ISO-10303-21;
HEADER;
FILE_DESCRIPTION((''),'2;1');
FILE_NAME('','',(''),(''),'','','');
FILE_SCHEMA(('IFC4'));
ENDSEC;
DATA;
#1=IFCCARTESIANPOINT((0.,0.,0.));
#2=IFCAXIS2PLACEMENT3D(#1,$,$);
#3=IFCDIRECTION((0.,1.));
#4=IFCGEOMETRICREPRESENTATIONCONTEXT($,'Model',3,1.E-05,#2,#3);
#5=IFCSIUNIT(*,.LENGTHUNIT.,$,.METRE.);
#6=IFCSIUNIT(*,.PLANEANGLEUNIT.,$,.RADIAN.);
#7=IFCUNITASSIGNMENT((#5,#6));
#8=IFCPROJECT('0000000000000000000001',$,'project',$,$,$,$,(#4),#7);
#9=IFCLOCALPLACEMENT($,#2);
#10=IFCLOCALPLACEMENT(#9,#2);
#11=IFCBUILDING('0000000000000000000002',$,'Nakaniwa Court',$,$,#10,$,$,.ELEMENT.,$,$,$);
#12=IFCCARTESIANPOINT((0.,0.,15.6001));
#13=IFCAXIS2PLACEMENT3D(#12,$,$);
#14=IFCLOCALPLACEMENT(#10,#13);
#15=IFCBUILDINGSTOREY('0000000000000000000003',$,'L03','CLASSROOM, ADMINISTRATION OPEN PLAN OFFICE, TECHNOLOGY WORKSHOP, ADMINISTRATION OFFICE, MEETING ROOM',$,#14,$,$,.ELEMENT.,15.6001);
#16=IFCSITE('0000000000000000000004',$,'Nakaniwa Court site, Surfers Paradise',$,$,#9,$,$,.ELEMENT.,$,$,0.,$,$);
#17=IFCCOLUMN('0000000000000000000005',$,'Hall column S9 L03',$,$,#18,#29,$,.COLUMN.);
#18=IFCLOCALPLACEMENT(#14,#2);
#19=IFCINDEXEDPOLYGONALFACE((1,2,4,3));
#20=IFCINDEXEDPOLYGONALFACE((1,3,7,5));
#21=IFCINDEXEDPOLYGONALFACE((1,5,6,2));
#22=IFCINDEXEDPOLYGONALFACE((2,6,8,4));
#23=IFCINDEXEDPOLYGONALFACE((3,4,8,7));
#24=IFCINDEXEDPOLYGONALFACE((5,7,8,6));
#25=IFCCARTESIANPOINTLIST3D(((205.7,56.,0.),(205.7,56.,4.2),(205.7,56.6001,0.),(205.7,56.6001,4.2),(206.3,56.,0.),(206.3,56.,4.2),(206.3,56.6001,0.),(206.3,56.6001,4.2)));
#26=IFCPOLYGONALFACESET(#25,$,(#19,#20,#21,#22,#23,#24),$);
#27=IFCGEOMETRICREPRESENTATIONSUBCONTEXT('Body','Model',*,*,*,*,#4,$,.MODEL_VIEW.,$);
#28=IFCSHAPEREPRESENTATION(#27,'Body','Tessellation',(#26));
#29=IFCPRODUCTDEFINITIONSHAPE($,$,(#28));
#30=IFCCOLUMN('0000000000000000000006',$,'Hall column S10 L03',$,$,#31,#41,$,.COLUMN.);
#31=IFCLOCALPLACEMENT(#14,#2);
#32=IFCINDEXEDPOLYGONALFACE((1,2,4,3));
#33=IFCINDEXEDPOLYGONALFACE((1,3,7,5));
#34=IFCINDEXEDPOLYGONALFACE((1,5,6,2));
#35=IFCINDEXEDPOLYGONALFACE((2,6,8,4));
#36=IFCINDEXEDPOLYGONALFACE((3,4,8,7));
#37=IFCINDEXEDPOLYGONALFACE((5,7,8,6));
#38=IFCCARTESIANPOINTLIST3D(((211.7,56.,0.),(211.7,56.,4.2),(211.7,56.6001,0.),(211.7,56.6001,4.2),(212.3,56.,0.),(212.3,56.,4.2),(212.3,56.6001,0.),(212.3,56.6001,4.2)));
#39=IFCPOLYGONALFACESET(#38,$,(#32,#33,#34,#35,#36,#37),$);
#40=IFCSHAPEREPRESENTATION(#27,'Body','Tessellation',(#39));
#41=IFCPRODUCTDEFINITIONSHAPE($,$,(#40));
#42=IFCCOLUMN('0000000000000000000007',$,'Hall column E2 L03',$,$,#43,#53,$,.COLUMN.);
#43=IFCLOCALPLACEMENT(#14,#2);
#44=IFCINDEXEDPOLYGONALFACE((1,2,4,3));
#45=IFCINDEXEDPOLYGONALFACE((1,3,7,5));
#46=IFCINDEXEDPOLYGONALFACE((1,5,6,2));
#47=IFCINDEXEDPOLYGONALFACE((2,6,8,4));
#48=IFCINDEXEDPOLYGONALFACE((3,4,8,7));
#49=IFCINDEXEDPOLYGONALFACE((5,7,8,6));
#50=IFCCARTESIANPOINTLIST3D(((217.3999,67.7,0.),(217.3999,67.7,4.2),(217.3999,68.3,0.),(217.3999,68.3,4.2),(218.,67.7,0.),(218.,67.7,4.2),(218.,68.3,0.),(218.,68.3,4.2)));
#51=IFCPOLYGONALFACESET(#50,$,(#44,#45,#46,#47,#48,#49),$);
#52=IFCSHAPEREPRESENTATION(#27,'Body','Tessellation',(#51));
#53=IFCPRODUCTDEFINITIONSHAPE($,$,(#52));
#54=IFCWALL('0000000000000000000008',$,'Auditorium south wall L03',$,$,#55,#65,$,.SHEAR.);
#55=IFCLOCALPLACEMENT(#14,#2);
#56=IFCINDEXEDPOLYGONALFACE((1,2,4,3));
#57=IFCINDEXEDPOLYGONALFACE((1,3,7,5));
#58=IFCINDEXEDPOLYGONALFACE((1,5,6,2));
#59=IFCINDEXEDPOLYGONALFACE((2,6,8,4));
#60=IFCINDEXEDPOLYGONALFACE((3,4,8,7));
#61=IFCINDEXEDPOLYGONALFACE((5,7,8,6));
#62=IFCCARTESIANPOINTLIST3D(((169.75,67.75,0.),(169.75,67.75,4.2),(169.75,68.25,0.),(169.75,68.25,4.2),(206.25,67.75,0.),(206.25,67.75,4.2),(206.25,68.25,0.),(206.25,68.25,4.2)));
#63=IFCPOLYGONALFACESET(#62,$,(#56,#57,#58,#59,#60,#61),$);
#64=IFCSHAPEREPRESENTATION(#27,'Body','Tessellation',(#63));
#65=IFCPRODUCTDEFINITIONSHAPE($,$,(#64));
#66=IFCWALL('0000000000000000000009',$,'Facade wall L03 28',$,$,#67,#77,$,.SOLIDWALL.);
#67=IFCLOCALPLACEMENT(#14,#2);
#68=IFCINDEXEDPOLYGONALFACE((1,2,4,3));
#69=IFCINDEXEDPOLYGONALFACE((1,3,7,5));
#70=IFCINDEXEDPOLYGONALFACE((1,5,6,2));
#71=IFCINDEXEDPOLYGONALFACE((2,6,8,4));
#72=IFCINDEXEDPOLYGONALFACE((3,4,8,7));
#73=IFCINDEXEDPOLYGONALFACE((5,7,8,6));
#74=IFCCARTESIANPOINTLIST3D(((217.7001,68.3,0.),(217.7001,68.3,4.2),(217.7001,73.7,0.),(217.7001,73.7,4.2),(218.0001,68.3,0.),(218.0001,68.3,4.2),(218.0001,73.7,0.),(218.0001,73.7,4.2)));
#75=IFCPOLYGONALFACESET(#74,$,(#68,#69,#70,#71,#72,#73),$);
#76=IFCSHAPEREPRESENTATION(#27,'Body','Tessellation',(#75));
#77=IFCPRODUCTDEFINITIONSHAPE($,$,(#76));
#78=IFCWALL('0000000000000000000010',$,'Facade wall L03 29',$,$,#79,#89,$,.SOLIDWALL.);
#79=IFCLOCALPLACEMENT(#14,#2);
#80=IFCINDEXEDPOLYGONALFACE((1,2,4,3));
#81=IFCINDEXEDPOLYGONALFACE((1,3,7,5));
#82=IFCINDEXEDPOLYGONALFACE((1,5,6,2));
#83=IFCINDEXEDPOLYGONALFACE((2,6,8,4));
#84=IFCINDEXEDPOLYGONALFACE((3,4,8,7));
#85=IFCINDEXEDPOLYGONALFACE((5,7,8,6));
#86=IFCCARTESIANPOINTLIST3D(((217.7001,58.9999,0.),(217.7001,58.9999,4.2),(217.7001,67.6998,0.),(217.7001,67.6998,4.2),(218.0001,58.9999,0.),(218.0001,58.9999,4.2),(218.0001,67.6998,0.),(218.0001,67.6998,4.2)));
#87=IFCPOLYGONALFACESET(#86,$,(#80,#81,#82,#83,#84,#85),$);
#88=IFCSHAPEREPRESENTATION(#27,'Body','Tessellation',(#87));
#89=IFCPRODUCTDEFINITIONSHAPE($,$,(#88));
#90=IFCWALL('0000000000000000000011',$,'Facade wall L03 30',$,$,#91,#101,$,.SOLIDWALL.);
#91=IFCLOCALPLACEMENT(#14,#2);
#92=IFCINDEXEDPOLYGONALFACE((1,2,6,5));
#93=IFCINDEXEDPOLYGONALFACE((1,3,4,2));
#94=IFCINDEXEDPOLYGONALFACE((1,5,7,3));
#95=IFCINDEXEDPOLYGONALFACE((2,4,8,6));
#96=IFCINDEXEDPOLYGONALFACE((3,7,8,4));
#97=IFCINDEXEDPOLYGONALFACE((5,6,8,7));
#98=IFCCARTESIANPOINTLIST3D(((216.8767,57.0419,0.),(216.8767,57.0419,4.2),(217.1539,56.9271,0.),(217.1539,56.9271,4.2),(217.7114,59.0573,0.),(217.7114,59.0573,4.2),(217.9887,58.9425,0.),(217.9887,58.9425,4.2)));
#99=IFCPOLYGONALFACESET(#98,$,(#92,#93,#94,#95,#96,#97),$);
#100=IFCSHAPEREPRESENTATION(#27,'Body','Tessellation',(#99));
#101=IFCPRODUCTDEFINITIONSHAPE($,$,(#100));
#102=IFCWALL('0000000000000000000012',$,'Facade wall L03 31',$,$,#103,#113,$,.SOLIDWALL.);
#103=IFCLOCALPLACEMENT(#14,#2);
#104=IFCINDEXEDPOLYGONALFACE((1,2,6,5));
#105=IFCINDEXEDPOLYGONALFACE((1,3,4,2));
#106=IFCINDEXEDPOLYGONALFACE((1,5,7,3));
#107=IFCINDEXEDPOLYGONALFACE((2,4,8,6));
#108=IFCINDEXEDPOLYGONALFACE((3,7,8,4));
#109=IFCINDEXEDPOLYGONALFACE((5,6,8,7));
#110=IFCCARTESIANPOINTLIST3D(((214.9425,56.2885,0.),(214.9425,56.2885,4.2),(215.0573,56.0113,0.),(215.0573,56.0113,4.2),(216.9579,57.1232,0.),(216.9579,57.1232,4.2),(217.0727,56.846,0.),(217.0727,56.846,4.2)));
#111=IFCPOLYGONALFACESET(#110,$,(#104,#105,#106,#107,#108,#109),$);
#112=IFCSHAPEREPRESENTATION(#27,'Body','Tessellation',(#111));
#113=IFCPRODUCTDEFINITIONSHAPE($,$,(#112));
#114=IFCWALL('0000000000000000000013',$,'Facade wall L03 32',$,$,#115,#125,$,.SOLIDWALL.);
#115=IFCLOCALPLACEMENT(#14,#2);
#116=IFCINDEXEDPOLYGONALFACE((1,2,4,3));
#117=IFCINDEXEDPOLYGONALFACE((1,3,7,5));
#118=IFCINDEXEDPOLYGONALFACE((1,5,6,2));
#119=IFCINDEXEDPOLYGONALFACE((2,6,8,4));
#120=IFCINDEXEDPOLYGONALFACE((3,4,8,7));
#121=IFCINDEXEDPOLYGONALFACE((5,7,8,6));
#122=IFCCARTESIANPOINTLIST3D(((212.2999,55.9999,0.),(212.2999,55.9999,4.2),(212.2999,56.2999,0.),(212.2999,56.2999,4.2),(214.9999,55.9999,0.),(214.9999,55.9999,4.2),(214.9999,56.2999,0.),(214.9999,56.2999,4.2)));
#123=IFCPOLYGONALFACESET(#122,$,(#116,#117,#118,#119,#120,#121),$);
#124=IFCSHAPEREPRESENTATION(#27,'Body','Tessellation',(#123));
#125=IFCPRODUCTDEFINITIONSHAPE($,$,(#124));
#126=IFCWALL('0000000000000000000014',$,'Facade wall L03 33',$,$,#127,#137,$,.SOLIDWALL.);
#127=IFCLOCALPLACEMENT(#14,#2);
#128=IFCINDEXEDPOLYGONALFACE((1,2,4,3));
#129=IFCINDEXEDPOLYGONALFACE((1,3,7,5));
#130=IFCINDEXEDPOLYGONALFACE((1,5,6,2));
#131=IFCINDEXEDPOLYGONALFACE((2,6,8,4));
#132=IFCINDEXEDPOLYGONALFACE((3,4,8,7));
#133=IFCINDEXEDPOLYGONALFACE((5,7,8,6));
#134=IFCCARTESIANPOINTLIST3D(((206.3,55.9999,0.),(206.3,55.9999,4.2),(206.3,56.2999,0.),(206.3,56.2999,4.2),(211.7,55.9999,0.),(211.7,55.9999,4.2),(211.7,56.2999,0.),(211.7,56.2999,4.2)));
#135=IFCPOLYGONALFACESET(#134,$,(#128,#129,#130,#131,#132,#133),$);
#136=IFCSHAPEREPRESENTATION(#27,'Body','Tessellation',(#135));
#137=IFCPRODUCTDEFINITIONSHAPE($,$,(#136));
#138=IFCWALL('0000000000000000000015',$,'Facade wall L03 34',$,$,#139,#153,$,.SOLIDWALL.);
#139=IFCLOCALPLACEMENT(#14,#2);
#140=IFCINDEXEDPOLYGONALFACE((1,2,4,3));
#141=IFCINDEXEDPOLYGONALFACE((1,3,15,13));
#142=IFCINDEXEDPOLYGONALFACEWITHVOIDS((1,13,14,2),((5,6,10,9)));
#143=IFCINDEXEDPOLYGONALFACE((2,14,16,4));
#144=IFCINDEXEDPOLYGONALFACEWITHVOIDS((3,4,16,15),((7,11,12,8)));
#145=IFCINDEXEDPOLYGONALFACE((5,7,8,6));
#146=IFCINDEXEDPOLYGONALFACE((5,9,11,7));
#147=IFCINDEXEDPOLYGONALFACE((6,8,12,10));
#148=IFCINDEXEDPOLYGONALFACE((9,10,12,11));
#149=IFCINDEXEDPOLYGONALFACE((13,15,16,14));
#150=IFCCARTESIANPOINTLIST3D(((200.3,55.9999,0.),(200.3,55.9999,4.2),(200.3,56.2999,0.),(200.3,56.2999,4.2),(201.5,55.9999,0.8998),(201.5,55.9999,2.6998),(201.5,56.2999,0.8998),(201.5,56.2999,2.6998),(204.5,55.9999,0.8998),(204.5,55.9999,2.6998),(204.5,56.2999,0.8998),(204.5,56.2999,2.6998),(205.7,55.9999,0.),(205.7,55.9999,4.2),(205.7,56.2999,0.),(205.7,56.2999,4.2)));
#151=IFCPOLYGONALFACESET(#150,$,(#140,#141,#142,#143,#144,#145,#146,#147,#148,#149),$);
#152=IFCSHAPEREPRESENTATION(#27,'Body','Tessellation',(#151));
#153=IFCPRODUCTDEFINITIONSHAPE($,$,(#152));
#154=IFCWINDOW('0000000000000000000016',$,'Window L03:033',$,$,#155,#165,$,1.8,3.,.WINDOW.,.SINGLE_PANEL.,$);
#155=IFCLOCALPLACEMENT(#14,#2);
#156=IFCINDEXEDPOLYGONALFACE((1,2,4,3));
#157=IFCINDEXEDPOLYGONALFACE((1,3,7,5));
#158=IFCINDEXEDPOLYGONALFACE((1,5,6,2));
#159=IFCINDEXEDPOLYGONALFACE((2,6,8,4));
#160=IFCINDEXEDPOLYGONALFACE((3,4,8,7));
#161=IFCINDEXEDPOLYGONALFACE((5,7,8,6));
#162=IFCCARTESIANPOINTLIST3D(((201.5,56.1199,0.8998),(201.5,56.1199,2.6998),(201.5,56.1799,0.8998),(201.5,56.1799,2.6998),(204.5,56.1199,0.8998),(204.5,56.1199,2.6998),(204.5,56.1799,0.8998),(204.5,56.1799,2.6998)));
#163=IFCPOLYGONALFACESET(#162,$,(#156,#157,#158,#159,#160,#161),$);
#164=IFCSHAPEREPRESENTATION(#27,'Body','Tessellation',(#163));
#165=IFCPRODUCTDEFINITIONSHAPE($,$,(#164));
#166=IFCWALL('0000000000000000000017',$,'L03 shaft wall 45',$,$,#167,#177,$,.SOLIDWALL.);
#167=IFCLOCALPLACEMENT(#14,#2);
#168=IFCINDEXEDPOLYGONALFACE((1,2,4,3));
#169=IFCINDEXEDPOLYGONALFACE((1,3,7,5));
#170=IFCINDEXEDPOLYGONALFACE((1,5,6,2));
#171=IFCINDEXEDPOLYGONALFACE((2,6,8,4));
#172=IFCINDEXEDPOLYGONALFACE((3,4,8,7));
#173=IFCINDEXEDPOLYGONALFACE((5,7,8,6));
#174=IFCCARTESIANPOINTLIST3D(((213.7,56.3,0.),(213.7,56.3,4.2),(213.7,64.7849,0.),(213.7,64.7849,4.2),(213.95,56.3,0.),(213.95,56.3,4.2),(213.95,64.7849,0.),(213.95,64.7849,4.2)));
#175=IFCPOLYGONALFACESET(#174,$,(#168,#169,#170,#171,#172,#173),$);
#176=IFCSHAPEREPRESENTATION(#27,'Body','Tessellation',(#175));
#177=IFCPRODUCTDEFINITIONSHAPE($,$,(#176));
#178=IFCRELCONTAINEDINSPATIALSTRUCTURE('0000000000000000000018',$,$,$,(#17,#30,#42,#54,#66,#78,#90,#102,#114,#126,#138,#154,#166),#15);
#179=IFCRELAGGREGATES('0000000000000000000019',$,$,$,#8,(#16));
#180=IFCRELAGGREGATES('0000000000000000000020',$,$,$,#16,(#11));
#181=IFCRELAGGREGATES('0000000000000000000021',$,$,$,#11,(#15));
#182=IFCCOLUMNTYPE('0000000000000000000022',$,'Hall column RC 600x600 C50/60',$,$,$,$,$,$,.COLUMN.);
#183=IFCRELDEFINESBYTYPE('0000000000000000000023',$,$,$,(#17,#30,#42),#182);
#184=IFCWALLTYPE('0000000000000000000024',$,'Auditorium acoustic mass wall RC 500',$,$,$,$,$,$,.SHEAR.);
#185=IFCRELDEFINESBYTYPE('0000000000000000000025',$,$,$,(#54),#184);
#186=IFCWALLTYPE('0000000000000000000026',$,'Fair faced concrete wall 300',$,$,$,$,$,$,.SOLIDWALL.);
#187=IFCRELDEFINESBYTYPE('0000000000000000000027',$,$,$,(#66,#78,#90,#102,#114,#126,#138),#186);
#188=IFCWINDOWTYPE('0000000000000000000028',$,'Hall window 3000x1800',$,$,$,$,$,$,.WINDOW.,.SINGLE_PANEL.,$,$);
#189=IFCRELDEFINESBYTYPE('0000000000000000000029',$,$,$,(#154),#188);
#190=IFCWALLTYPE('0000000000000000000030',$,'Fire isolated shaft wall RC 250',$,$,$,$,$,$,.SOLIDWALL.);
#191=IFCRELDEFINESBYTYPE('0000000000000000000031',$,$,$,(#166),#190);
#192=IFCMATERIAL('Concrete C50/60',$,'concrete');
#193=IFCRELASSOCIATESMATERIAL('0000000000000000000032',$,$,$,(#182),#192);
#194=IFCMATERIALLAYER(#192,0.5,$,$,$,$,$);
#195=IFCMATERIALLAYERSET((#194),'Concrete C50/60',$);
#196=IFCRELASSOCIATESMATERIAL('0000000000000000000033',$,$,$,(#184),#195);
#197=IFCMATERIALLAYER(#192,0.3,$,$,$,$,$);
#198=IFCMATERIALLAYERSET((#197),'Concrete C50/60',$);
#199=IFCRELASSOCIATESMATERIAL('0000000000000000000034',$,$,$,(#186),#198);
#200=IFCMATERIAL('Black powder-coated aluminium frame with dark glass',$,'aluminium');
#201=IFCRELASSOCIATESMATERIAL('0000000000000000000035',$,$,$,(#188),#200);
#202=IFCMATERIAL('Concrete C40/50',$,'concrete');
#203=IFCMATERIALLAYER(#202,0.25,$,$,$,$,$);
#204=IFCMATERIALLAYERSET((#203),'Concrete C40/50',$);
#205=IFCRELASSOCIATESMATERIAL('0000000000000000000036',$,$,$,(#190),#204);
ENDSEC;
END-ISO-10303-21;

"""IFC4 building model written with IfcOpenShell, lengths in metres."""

from ifc_helpers import new_model, si_unit, direction, frame, frame_2d, origin, origin_2d, place, context, subcontext, project, spatial, rectangle, extrude, material, layer, layer_set, material_profile, profile_set, type_object, element, fill, save


model = new_model("IFC4")

# Units and contexts
model_context = context("Model", 3, precision=1e-05, world=origin(), true_north=direction((0.0, 1.0)))
body_context = subcontext(model_context, "Body", "Model", "MODEL_VIEW")
ifc_project = project(units=[si_unit("LENGTHUNIT", "METRE"), si_unit("PLANEANGLEUNIT", "RADIAN")], contexts=[model_context])

# Site, building, storey
site_placement = place(None, origin())
site = spatial("IfcSite", under=ifc_project, at=site_placement, Name="Nakaniwa Court site, Surfers Paradise", CompositionType="ELEMENT", RefElevation=0.0)
building_placement = place(site_placement, origin())
building = spatial("IfcBuilding", under=site, at=building_placement, Name="Nakaniwa Court", CompositionType="ELEMENT")
storey_placement = place(building_placement, frame((0.0, 0.0, 15.6001)))
storey = spatial("IfcBuildingStorey", under=building, at=storey_placement, Name="L03", Description="CLASSROOM, ADMINISTRATION OPEN PLAN OFFICE, TECHNOLOGY WORKSHOP, ADMINISTRATION OFFICE, MEETING ROOM", CompositionType="ELEMENT", Elevation=15.6001)

# Columns
ifc_material_1 = material(Name="Concrete C50/60", Category="concrete")
ifc_material_profile_1 = material_profile(ifc_material_1, rectangle(XDim=0.6001, YDim=0.6001, at=origin_2d()), Name="RC 600x600")
ifc_profile_set_1 = profile_set([ifc_material_profile_1], Name="Concrete C50/60")
column_type = type_object("IfcColumnType", Name="Hall column RC 600x600 C50/60", PredefinedType="COLUMN", material=ifc_profile_set_1)
for number, where, z_axis, x_axis, name in (
    (1, (206.0, 56.3, 0.0), (0.0, 0.0, 1.0), (1.0, 0.0, 0.0), "Hall column S9 L03"),
    (2, (212.0, 56.3, 0.0), (0.0, 0.0, 1.0), (1.0, 0.0, 0.0), "Hall column S10 L03"),
    (3, (217.7, 68.0, 0.0), (0.0, 0.0, 1.0), (1.0, 0.0, 0.0), "Hall column E2 L03"),
):
    element("IfcColumn", number, at=place(storey_placement, frame(where, z_axis=z_axis, x_axis=x_axis)), inside=storey, type_object=column_type, Name=name, PredefinedType="COLUMN", context=body_context, shape_type="SweptSolid", body=[
        extrude(rectangle(XDim=0.6001, YDim=0.6001, at=origin_2d()), origin(), (0.0, 0.0, 1.0), 4.2),
    ])

# Walls
ifc_layer_1 = layer(ifc_material_1, 0.5)
ifc_layer_set_1 = layer_set([ifc_layer_1], Name="Concrete C50/60")
wall_type_1 = type_object("IfcWallType", Name="Auditorium acoustic mass wall RC 500", PredefinedType="SHEAR", material=ifc_layer_set_1)
wall_1_placement = place(storey_placement, frame((206.25, 68.0, 0.0), z_axis=(0.0, 0.0, 1.0), x_axis=(-1.0, 0.0, 0.0)))
element("IfcWall", 4, at=wall_1_placement, inside=storey, type_object=wall_type_1, Name="Auditorium south wall L03", PredefinedType="SHEAR", context=body_context, shape_type="SweptSolid", body=[
    extrude(rectangle(XDim=36.5, YDim=0.5, at=frame_2d((18.25, 0.0))), origin(), (0.0, 0.0, 1.0), 4.2),
])
ifc_layer_2 = layer(ifc_material_1, 0.3)
ifc_layer_set_2 = layer_set([ifc_layer_2], Name="Concrete C50/60")
wall_type_2 = type_object("IfcWallType", Name="Fair faced concrete wall 300", PredefinedType="SOLIDWALL", material=ifc_layer_set_2)
wall_2_placement = place(storey_placement, frame((217.8501, 73.7, 0.0), z_axis=(0.0, 0.0, 1.0), x_axis=(0.0, -1.0, 0.0)))
element("IfcWall", 5, at=wall_2_placement, inside=storey, type_object=wall_type_2, Name="Facade wall L03 28", PredefinedType="SOLIDWALL", context=body_context, shape_type="SweptSolid", body=[
    extrude(rectangle(XDim=5.3999, YDim=0.3, at=frame_2d((2.7, 0.0))), origin(), (0.0, 0.0, 1.0), 4.2),
])
wall_3_placement = place(storey_placement, frame((217.8501, 67.7, 0.0), z_axis=(0.0, 0.0, 1.0), x_axis=(0.0, -1.0, 0.0)))
element("IfcWall", 6, at=wall_3_placement, inside=storey, type_object=wall_type_2, Name="Facade wall L03 29", PredefinedType="SOLIDWALL", context=body_context, shape_type="SweptSolid", body=[
    extrude(rectangle(XDim=8.7, YDim=0.3, at=frame_2d((4.3501, 0.0))), origin(), (0.0, 0.0, 1.0), 4.2),
])
for number, where, z_axis, x_axis, name in (
    (7, (217.8501, 59.0, 0.0), (0.0, 0.0, 1.0), (-0.382652, -0.923893, 0.0), "Facade wall L03 30"),
    (8, (217.0154, 56.9846, 0.0), (0.0, 0.0, 1.0), (-0.923893, -0.382652, 0.0), "Facade wall L03 31"),
):
    element("IfcWall", number, at=place(storey_placement, frame(where, z_axis=z_axis, x_axis=x_axis)), inside=storey, type_object=wall_type_2, Name=name, PredefinedType="SOLIDWALL", context=body_context, shape_type="SweptSolid", body=[
        extrude(rectangle(XDim=2.1814, YDim=0.3, at=frame_2d((1.0908, 0.0))), origin(), (0.0, 0.0, 1.0), 4.2),
    ])
wall_4_placement = place(storey_placement, frame((215.0, 56.1499, 0.0), z_axis=(0.0, 0.0, 1.0), x_axis=(-1.0, 0.0, 0.0)))
element("IfcWall", 9, at=wall_4_placement, inside=storey, type_object=wall_type_2, Name="Facade wall L03 32", PredefinedType="SOLIDWALL", context=body_context, shape_type="SweptSolid", body=[
    extrude(rectangle(XDim=2.7, YDim=0.3, at=frame_2d((1.3501, 0.0))), origin(), (0.0, 0.0, 1.0), 4.2),
])
wall_5_placement = place(storey_placement, frame((211.7, 56.1499, 0.0), z_axis=(0.0, 0.0, 1.0), x_axis=(-1.0, 0.0, 0.0)))
element("IfcWall", 10, at=wall_5_placement, inside=storey, type_object=wall_type_2, Name="Facade wall L03 33", PredefinedType="SOLIDWALL", context=body_context, shape_type="SweptSolid", body=[
    extrude(rectangle(XDim=5.3999, YDim=0.3, at=frame_2d((2.7, 0.0))), origin(), (0.0, 0.0, 1.0), 4.2),
])

# Wall, opening, window
wall_6_placement = place(storey_placement, frame((205.7, 56.1499, 0.0), z_axis=(0.0, 0.0, 1.0), x_axis=(-1.0, 0.0, 0.0)))
wall_6 = element("IfcWall", 11, at=wall_6_placement, inside=storey, type_object=wall_type_2, Name="Facade wall L03 34", PredefinedType="SOLIDWALL", context=body_context, shape_type="SweptSolid", body=[
    extrude(rectangle(XDim=5.3999, YDim=0.3, at=frame_2d((2.7, 0.0))), origin(), (0.0, 0.0, 1.0), 4.2),
])
opening_1_placement = place(wall_6_placement, frame((1.2, 0.0, 0.8999)))
opening_1 = element("IfcOpeningElement", 12, at=opening_1_placement, cuts=wall_6, PredefinedType="OPENING", context=body_context, shape_type="SweptSolid", body=[
    extrude(rectangle(XDim=3.0, YDim=1.8, at=frame_2d((1.5, 0.8999))), frame((0.0, 0.1599, 0.0), z_axis=(0.0, -1.0, 0.0), x_axis=(1.0, 0.0, 0.0)), (0.0, 0.0, 1.0), 0.3201),
])
ifc_material_2 = material(Name="Black powder-coated aluminium frame with dark glass", Category="aluminium")
window_type = type_object("IfcWindowType", Name="Hall window 3000x1800", PartitioningType="SINGLE_PANEL", PredefinedType="WINDOW", material=ifc_material_2)
window_placement = place(opening_1_placement, origin())
window = element("IfcWindow", 13, at=window_placement, inside=storey, type_object=window_type, Name="Window L03:033", OverallHeight=1.8, OverallWidth=3.0, PartitioningType="SINGLE_PANEL", PredefinedType="WINDOW", context=body_context, shape_type="SweptSolid", body=[
    extrude(rectangle(XDim=3.0, YDim=1.8, at=frame_2d((1.5, 0.8999))), frame((0.0, 0.03, 0.0), z_axis=(0.0, -1.0, 0.0), x_axis=(1.0, 0.0, 0.0)), (0.0, 0.0, 1.0), 0.0601),
])
fill(opening_1, window)

# Wall
ifc_material_3 = material(Name="Concrete C40/50", Category="concrete")
ifc_layer_3 = layer(ifc_material_3, 0.25)
ifc_layer_set_3 = layer_set([ifc_layer_3], Name="Concrete C40/50")
wall_type_3 = type_object("IfcWallType", Name="Fire isolated shaft wall RC 250", PredefinedType="SOLIDWALL", material=ifc_layer_set_3)
wall_7_placement = place(storey_placement, frame((213.825, 56.3, 0.0), z_axis=(0.0, 0.0, 1.0), x_axis=(0.0, 1.0, 0.0)))
element("IfcWall", 14, at=wall_7_placement, inside=storey, type_object=wall_type_3, Name="L03 shaft wall 45", PredefinedType="SOLIDWALL", context=body_context, shape_type="SweptSolid", body=[
    extrude(rectangle(XDim=8.4849, YDim=0.25, at=frame_2d((4.2424, 0.0))), origin(), (0.0, 0.0, 1.0), 4.2),
])

save(model, "model.ifc")
